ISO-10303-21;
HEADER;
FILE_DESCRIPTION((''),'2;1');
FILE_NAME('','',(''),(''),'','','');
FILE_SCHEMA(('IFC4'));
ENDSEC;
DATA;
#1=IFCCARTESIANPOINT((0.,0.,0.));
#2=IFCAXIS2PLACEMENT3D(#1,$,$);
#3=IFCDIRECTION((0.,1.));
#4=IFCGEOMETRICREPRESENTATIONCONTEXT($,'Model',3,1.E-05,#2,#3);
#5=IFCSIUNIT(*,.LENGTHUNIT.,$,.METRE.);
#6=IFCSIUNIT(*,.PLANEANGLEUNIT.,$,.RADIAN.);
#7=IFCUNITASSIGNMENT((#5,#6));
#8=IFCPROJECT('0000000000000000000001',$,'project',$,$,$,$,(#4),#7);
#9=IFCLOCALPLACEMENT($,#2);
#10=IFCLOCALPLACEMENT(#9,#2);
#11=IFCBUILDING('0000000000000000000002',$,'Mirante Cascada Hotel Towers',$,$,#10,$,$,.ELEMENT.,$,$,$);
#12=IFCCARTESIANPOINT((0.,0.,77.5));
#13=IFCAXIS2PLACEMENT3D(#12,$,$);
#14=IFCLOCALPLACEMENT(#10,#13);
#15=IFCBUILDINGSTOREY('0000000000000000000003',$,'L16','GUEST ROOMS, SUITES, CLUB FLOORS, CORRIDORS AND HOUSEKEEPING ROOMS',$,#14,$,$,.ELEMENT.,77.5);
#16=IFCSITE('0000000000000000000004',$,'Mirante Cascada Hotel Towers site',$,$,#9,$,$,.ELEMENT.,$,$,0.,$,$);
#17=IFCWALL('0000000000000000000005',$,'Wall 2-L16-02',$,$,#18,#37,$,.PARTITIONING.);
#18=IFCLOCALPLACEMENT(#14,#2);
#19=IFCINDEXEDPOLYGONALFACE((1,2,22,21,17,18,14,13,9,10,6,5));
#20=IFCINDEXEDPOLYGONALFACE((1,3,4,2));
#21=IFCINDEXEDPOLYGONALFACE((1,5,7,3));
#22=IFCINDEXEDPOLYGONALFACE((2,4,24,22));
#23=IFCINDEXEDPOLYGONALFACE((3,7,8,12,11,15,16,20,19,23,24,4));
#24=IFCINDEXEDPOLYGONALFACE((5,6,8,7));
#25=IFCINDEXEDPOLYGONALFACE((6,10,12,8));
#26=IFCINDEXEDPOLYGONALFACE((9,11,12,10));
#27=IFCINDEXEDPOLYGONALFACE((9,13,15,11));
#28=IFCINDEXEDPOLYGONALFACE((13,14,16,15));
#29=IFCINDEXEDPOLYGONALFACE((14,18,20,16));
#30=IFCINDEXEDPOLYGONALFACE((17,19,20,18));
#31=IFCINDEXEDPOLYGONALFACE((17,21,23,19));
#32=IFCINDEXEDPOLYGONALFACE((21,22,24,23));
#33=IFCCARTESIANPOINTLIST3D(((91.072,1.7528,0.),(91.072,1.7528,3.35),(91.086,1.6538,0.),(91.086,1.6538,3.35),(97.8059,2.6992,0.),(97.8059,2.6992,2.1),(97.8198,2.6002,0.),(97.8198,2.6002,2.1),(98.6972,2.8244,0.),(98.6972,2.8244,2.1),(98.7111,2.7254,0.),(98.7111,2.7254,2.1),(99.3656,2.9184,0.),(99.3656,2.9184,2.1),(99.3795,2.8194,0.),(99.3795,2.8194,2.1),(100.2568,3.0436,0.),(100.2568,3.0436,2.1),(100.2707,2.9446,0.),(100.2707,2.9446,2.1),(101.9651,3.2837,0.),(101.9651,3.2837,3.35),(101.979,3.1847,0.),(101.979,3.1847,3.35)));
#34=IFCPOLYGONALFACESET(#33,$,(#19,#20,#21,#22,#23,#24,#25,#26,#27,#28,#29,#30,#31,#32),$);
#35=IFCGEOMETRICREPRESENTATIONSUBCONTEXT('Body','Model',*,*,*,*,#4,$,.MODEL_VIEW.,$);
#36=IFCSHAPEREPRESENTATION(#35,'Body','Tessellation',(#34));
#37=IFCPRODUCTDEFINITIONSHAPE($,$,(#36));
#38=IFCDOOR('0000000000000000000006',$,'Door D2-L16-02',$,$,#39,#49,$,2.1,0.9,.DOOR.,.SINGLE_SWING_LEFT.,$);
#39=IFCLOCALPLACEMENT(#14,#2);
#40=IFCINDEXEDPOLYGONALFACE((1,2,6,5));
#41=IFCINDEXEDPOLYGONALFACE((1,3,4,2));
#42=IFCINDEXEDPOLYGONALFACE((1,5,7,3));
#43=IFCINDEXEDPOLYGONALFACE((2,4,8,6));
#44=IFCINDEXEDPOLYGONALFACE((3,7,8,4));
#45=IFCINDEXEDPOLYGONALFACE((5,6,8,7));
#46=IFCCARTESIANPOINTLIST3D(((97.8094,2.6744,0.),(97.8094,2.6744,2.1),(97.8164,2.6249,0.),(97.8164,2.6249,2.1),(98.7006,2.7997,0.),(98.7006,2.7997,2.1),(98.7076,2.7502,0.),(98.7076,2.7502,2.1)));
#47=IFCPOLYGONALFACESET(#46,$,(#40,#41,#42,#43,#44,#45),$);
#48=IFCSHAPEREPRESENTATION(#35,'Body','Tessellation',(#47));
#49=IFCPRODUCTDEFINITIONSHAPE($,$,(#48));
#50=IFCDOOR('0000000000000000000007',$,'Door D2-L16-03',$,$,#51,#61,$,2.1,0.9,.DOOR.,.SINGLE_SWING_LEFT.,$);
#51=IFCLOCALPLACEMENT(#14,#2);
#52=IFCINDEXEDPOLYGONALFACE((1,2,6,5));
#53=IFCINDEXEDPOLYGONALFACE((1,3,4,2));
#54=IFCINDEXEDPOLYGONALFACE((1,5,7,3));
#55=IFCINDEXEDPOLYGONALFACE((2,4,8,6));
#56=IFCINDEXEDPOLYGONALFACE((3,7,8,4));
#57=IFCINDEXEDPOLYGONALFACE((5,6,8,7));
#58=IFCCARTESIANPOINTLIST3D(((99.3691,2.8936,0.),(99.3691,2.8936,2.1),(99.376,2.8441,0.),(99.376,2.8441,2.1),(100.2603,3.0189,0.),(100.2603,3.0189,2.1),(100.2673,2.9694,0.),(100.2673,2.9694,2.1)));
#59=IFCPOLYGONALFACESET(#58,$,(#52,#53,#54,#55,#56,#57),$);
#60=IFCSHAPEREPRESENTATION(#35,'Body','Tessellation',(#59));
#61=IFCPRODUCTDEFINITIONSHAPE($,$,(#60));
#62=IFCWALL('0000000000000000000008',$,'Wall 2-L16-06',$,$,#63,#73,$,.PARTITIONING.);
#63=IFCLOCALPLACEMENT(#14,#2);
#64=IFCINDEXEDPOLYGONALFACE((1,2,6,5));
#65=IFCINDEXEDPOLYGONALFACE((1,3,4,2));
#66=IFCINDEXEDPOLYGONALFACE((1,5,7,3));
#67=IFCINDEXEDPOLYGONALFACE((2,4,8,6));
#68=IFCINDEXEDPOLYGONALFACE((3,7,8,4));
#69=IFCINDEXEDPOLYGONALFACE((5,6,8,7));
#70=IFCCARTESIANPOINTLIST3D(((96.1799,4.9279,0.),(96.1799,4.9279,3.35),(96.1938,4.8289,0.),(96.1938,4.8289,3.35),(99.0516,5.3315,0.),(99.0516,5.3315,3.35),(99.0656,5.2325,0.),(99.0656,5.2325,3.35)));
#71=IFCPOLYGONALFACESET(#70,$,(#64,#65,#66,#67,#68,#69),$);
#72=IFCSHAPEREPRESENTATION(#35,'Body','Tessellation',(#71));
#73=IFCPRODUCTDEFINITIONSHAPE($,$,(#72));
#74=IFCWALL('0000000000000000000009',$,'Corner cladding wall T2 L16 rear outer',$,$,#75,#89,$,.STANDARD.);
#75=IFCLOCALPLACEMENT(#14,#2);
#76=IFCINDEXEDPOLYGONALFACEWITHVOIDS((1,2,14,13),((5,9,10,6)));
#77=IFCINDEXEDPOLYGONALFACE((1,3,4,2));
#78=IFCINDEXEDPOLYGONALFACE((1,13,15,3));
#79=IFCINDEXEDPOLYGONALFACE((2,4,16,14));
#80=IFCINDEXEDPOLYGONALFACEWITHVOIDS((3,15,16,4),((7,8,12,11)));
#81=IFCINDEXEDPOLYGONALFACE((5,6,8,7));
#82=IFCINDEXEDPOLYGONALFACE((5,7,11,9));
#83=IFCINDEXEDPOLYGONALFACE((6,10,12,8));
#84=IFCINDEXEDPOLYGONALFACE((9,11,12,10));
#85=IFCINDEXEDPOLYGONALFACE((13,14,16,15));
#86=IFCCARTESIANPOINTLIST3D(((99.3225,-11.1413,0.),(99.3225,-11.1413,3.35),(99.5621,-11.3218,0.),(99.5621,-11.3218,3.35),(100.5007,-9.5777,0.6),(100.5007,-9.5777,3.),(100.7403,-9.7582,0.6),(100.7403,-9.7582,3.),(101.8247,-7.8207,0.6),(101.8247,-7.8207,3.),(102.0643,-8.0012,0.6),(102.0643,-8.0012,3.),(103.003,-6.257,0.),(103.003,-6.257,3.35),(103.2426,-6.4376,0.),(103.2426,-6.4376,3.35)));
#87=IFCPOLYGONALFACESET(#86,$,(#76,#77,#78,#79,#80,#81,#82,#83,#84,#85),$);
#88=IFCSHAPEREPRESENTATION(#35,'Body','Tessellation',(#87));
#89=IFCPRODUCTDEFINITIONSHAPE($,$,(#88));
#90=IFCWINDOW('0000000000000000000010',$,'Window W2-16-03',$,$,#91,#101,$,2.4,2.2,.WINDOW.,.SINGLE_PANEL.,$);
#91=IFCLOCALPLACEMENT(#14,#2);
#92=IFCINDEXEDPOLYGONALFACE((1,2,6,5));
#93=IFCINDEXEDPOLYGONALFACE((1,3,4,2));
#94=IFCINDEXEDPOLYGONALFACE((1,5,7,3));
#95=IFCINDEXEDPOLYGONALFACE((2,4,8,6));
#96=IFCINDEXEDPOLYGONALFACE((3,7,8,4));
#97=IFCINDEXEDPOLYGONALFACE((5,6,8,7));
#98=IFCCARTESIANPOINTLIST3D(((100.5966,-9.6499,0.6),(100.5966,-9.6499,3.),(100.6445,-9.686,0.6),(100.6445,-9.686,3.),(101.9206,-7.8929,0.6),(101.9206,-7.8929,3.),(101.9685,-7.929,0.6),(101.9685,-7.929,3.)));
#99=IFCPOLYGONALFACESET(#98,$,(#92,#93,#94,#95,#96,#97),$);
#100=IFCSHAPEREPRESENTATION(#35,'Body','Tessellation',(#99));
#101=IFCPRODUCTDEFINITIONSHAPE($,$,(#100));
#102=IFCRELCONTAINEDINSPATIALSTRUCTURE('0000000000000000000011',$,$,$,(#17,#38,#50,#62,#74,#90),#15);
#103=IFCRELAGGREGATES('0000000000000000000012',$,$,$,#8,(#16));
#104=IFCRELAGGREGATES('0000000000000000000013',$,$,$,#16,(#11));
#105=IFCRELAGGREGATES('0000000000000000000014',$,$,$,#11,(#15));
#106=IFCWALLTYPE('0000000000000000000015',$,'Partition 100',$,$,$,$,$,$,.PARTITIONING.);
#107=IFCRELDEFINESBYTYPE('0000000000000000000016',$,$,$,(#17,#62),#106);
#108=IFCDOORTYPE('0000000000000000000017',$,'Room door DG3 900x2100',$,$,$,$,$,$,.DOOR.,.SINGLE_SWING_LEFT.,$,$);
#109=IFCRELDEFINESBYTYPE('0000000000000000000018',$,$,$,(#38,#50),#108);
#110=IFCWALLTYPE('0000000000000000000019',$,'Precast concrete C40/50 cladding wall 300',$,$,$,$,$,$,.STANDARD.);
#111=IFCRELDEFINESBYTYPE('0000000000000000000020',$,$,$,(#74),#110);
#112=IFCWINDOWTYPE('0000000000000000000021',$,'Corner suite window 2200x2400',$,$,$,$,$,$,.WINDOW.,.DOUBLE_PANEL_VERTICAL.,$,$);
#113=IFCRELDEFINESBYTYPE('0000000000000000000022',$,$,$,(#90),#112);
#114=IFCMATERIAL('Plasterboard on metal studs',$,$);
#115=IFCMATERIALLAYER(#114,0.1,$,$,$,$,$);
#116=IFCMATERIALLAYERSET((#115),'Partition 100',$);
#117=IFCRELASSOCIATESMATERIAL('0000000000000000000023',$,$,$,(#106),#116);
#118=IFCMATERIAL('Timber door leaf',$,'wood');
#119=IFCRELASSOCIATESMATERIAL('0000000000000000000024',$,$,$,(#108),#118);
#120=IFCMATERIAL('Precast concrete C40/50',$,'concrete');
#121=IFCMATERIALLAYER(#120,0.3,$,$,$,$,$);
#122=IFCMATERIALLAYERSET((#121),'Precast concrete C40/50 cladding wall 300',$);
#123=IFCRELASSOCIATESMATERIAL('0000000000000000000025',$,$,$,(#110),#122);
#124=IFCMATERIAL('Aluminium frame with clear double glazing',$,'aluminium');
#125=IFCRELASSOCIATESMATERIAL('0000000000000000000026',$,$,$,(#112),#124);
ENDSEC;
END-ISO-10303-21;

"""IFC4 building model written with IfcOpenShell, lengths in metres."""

from ifc_helpers import new_model, si_unit, direction, frame, frame_2d, origin, place, context, subcontext, project, spatial, rectangle, extrude, material, layer, layer_set, type_object, element, fill, save


model = new_model("IFC4")

# Units and contexts
model_context = context("Model", 3, precision=1e-05, world=origin(), true_north=direction((0.0, 1.0)))
body_context = subcontext(model_context, "Body", "Model", "MODEL_VIEW")
ifc_project = project(units=[si_unit("LENGTHUNIT", "METRE"), si_unit("PLANEANGLEUNIT", "RADIAN")], contexts=[model_context])

# Site, building, storey
site_placement = place(None, origin())
site = spatial("IfcSite", under=ifc_project, at=site_placement, Name="Mirante Cascada Hotel Towers site", CompositionType="ELEMENT", RefElevation=0.0)
building_placement = place(site_placement, origin())
building = spatial("IfcBuilding", under=site, at=building_placement, Name="Mirante Cascada Hotel Towers", CompositionType="ELEMENT")
storey_placement = place(building_placement, frame((0.0, 0.0, 77.5)))
storey = spatial("IfcBuildingStorey", under=building, at=storey_placement, Name="L16", Description="GUEST ROOMS, SUITES, CLUB FLOORS, CORRIDORS AND HOUSEKEEPING ROOMS", CompositionType="ELEMENT", Elevation=77.5)

# Shared definitions
ifc_material_1 = material(Name="Plasterboard on metal studs")
ifc_layer_1 = layer(ifc_material_1, 0.1)
ifc_layer_set_1 = layer_set([ifc_layer_1], Name="Partition 100")
wall_type_1 = type_object("IfcWallType", Name="Partition 100", PredefinedType="PARTITIONING", material=ifc_layer_set_1)
ifc_material_2 = material(Name="Timber door leaf", Category="wood")
door_type = type_object("IfcDoorType", Name="Room door DG3 900x2100", OperationType="SINGLE_SWING_LEFT", PredefinedType="DOOR", material=ifc_material_2)

# Wall, openings, doors
wall_1_placement = place(storey_placement, frame((101.972, 3.2342, 0.0), z_axis=(0.0, 0.0, 1.0), x_axis=(-0.990268, -0.139172, 0.0)))
wall_1 = element("IfcWall", 1, at=wall_1_placement, inside=storey, type_object=wall_type_1, Name="Wall 2-L16-02", PredefinedType="PARTITIONING", context=body_context, shape_type="SweptSolid", body=[
    extrude(rectangle(XDim=11.0001, YDim=0.1, at=frame_2d((5.5, 0.0))), origin(), (0.0, 0.0, 1.0), 3.35),
])
opening_1_placement = place(wall_1_placement, frame((3.3, 0.0, 0.0)))
opening_1 = element("IfcOpeningElement", 2, at=opening_1_placement, cuts=wall_1, PredefinedType="OPENING", context=body_context, shape_type="SweptSolid", body=[
    extrude(rectangle(XDim=0.9, YDim=2.1, at=frame_2d((0.45, 1.05))), frame((0.0, 0.05, 0.0), z_axis=(0.0, -1.0, 0.0), x_axis=(1.0, 0.0, 0.0)), (0.0, 0.0, 1.0), 0.1),
])
opening_2_placement = place(wall_1_placement, frame((1.725, 0.0, 0.0)))
opening_2 = element("IfcOpeningElement", 3, at=opening_2_placement, cuts=wall_1, PredefinedType="OPENING", context=body_context, shape_type="SweptSolid", body=[
    extrude(rectangle(XDim=0.9, YDim=2.1, at=frame_2d((0.45, 1.05))), frame((0.0, 0.05, 0.0), z_axis=(0.0, -1.0, 0.0), x_axis=(1.0, 0.0, 0.0)), (0.0, 0.0, 1.0), 0.1),
])
door_1_placement = place(opening_1_placement, origin())
door_1 = element("IfcDoor", 4, at=door_1_placement, inside=storey, type_object=door_type, Name="Door D2-L16-02", OperationType="SINGLE_SWING_LEFT", OverallHeight=2.1, OverallWidth=0.9, PredefinedType="DOOR", context=body_context, shape_type="SweptSolid", body=[
    extrude(rectangle(XDim=0.9, YDim=2.1, at=frame_2d((0.45, 1.05))), frame((0.0, 0.025, 0.0), z_axis=(0.0, -1.0, 0.0), x_axis=(1.0, 0.0, 0.0)), (0.0, 0.0, 1.0), 0.05),
])
fill(opening_1, door_1)
door_2_placement = place(opening_2_placement, origin())
door_2 = element("IfcDoor", 5, at=door_2_placement, inside=storey, type_object=door_type, Name="Door D2-L16-03", OperationType="SINGLE_SWING_LEFT", OverallHeight=2.1, OverallWidth=0.9, PredefinedType="DOOR", context=body_context, shape_type="SweptSolid", body=[
    extrude(rectangle(XDim=0.9, YDim=2.1, at=frame_2d((0.45, 1.05))), frame((0.0, 0.025, 0.0), z_axis=(0.0, -1.0, 0.0), x_axis=(1.0, 0.0, 0.0)), (0.0, 0.0, 1.0), 0.05),
])
fill(opening_2, door_2)

# Wall
wall_2_placement = place(storey_placement, frame((99.0586, 5.282, 0.0), z_axis=(0.0, 0.0, 1.0), x_axis=(-0.990268, -0.139171, 0.0)))
element("IfcWall", 6, at=wall_2_placement, inside=storey, type_object=wall_type_1, Name="Wall 2-L16-06", PredefinedType="PARTITIONING", context=body_context, shape_type="SweptSolid", body=[
    extrude(rectangle(XDim=2.9, YDim=0.1, at=frame_2d((1.45, 0.0))), origin(), (0.0, 0.0, 1.0), 3.35),
])

# Wall, opening, window
ifc_material_3 = material(Name="Precast concrete C40/50", Category="concrete")
ifc_layer_2 = layer(ifc_material_3, 0.3)
ifc_layer_set_2 = layer_set([ifc_layer_2], Name="Precast concrete C40/50 cladding wall 300")
wall_type_2 = type_object("IfcWallType", Name="Precast concrete C40/50 cladding wall 300", PredefinedType="STANDARD", material=ifc_layer_set_2)
wall_3_placement = place(storey_placement, frame((99.4423, -11.2315, 0.0), z_axis=(0.0, 0.0, 1.0), x_axis=(0.601814, 0.798636, 0.0)))
wall_3 = element("IfcWall", 7, at=wall_3_placement, inside=storey, type_object=wall_type_2, Name="Corner cladding wall T2 L16 rear outer", PredefinedType="STANDARD", context=body_context, shape_type="SweptSolid", body=[
    extrude(rectangle(XDim=6.1157, YDim=0.3, at=frame_2d((3.0578, 0.0))), origin(), (0.0, 0.0, 1.0), 3.35),
])
opening_3_placement = place(wall_3_placement, frame((1.9578, 0.0, 0.6)))
opening_3 = element("IfcOpeningElement", 8, at=opening_3_placement, cuts=wall_3, PredefinedType="OPENING", context=body_context, shape_type="SweptSolid", body=[
    extrude(rectangle(XDim=2.2, YDim=2.4, at=frame_2d((1.1, 1.2))), frame((0.0, 0.15, 0.0), z_axis=(0.0, -1.0, 0.0), x_axis=(1.0, 0.0, 0.0)), (0.0, 0.0, 1.0), 0.3),
])
ifc_material_4 = material(Name="Aluminium frame with clear double glazing", Category="aluminium")
window_type = type_object("IfcWindowType", Name="Corner suite window 2200x2400", PartitioningType="DOUBLE_PANEL_VERTICAL", PredefinedType="WINDOW", material=ifc_material_4)
window_placement = place(opening_3_placement, origin())
window = element("IfcWindow", 9, at=window_placement, inside=storey, type_object=window_type, Name="Window W2-16-03", OverallHeight=2.4, OverallWidth=2.2, PartitioningType="SINGLE_PANEL", PredefinedType="WINDOW", context=body_context, shape_type="SweptSolid", body=[
    extrude(rectangle(XDim=2.2, YDim=2.4, at=frame_2d((1.1, 1.2))), frame((0.0, 0.03, 0.0), z_axis=(0.0, -1.0, 0.0), x_axis=(1.0, 0.0, 0.0)), (0.0, 0.0, 1.0), 0.06),
])
fill(opening_3, window)

save(model, "model.ifc")
